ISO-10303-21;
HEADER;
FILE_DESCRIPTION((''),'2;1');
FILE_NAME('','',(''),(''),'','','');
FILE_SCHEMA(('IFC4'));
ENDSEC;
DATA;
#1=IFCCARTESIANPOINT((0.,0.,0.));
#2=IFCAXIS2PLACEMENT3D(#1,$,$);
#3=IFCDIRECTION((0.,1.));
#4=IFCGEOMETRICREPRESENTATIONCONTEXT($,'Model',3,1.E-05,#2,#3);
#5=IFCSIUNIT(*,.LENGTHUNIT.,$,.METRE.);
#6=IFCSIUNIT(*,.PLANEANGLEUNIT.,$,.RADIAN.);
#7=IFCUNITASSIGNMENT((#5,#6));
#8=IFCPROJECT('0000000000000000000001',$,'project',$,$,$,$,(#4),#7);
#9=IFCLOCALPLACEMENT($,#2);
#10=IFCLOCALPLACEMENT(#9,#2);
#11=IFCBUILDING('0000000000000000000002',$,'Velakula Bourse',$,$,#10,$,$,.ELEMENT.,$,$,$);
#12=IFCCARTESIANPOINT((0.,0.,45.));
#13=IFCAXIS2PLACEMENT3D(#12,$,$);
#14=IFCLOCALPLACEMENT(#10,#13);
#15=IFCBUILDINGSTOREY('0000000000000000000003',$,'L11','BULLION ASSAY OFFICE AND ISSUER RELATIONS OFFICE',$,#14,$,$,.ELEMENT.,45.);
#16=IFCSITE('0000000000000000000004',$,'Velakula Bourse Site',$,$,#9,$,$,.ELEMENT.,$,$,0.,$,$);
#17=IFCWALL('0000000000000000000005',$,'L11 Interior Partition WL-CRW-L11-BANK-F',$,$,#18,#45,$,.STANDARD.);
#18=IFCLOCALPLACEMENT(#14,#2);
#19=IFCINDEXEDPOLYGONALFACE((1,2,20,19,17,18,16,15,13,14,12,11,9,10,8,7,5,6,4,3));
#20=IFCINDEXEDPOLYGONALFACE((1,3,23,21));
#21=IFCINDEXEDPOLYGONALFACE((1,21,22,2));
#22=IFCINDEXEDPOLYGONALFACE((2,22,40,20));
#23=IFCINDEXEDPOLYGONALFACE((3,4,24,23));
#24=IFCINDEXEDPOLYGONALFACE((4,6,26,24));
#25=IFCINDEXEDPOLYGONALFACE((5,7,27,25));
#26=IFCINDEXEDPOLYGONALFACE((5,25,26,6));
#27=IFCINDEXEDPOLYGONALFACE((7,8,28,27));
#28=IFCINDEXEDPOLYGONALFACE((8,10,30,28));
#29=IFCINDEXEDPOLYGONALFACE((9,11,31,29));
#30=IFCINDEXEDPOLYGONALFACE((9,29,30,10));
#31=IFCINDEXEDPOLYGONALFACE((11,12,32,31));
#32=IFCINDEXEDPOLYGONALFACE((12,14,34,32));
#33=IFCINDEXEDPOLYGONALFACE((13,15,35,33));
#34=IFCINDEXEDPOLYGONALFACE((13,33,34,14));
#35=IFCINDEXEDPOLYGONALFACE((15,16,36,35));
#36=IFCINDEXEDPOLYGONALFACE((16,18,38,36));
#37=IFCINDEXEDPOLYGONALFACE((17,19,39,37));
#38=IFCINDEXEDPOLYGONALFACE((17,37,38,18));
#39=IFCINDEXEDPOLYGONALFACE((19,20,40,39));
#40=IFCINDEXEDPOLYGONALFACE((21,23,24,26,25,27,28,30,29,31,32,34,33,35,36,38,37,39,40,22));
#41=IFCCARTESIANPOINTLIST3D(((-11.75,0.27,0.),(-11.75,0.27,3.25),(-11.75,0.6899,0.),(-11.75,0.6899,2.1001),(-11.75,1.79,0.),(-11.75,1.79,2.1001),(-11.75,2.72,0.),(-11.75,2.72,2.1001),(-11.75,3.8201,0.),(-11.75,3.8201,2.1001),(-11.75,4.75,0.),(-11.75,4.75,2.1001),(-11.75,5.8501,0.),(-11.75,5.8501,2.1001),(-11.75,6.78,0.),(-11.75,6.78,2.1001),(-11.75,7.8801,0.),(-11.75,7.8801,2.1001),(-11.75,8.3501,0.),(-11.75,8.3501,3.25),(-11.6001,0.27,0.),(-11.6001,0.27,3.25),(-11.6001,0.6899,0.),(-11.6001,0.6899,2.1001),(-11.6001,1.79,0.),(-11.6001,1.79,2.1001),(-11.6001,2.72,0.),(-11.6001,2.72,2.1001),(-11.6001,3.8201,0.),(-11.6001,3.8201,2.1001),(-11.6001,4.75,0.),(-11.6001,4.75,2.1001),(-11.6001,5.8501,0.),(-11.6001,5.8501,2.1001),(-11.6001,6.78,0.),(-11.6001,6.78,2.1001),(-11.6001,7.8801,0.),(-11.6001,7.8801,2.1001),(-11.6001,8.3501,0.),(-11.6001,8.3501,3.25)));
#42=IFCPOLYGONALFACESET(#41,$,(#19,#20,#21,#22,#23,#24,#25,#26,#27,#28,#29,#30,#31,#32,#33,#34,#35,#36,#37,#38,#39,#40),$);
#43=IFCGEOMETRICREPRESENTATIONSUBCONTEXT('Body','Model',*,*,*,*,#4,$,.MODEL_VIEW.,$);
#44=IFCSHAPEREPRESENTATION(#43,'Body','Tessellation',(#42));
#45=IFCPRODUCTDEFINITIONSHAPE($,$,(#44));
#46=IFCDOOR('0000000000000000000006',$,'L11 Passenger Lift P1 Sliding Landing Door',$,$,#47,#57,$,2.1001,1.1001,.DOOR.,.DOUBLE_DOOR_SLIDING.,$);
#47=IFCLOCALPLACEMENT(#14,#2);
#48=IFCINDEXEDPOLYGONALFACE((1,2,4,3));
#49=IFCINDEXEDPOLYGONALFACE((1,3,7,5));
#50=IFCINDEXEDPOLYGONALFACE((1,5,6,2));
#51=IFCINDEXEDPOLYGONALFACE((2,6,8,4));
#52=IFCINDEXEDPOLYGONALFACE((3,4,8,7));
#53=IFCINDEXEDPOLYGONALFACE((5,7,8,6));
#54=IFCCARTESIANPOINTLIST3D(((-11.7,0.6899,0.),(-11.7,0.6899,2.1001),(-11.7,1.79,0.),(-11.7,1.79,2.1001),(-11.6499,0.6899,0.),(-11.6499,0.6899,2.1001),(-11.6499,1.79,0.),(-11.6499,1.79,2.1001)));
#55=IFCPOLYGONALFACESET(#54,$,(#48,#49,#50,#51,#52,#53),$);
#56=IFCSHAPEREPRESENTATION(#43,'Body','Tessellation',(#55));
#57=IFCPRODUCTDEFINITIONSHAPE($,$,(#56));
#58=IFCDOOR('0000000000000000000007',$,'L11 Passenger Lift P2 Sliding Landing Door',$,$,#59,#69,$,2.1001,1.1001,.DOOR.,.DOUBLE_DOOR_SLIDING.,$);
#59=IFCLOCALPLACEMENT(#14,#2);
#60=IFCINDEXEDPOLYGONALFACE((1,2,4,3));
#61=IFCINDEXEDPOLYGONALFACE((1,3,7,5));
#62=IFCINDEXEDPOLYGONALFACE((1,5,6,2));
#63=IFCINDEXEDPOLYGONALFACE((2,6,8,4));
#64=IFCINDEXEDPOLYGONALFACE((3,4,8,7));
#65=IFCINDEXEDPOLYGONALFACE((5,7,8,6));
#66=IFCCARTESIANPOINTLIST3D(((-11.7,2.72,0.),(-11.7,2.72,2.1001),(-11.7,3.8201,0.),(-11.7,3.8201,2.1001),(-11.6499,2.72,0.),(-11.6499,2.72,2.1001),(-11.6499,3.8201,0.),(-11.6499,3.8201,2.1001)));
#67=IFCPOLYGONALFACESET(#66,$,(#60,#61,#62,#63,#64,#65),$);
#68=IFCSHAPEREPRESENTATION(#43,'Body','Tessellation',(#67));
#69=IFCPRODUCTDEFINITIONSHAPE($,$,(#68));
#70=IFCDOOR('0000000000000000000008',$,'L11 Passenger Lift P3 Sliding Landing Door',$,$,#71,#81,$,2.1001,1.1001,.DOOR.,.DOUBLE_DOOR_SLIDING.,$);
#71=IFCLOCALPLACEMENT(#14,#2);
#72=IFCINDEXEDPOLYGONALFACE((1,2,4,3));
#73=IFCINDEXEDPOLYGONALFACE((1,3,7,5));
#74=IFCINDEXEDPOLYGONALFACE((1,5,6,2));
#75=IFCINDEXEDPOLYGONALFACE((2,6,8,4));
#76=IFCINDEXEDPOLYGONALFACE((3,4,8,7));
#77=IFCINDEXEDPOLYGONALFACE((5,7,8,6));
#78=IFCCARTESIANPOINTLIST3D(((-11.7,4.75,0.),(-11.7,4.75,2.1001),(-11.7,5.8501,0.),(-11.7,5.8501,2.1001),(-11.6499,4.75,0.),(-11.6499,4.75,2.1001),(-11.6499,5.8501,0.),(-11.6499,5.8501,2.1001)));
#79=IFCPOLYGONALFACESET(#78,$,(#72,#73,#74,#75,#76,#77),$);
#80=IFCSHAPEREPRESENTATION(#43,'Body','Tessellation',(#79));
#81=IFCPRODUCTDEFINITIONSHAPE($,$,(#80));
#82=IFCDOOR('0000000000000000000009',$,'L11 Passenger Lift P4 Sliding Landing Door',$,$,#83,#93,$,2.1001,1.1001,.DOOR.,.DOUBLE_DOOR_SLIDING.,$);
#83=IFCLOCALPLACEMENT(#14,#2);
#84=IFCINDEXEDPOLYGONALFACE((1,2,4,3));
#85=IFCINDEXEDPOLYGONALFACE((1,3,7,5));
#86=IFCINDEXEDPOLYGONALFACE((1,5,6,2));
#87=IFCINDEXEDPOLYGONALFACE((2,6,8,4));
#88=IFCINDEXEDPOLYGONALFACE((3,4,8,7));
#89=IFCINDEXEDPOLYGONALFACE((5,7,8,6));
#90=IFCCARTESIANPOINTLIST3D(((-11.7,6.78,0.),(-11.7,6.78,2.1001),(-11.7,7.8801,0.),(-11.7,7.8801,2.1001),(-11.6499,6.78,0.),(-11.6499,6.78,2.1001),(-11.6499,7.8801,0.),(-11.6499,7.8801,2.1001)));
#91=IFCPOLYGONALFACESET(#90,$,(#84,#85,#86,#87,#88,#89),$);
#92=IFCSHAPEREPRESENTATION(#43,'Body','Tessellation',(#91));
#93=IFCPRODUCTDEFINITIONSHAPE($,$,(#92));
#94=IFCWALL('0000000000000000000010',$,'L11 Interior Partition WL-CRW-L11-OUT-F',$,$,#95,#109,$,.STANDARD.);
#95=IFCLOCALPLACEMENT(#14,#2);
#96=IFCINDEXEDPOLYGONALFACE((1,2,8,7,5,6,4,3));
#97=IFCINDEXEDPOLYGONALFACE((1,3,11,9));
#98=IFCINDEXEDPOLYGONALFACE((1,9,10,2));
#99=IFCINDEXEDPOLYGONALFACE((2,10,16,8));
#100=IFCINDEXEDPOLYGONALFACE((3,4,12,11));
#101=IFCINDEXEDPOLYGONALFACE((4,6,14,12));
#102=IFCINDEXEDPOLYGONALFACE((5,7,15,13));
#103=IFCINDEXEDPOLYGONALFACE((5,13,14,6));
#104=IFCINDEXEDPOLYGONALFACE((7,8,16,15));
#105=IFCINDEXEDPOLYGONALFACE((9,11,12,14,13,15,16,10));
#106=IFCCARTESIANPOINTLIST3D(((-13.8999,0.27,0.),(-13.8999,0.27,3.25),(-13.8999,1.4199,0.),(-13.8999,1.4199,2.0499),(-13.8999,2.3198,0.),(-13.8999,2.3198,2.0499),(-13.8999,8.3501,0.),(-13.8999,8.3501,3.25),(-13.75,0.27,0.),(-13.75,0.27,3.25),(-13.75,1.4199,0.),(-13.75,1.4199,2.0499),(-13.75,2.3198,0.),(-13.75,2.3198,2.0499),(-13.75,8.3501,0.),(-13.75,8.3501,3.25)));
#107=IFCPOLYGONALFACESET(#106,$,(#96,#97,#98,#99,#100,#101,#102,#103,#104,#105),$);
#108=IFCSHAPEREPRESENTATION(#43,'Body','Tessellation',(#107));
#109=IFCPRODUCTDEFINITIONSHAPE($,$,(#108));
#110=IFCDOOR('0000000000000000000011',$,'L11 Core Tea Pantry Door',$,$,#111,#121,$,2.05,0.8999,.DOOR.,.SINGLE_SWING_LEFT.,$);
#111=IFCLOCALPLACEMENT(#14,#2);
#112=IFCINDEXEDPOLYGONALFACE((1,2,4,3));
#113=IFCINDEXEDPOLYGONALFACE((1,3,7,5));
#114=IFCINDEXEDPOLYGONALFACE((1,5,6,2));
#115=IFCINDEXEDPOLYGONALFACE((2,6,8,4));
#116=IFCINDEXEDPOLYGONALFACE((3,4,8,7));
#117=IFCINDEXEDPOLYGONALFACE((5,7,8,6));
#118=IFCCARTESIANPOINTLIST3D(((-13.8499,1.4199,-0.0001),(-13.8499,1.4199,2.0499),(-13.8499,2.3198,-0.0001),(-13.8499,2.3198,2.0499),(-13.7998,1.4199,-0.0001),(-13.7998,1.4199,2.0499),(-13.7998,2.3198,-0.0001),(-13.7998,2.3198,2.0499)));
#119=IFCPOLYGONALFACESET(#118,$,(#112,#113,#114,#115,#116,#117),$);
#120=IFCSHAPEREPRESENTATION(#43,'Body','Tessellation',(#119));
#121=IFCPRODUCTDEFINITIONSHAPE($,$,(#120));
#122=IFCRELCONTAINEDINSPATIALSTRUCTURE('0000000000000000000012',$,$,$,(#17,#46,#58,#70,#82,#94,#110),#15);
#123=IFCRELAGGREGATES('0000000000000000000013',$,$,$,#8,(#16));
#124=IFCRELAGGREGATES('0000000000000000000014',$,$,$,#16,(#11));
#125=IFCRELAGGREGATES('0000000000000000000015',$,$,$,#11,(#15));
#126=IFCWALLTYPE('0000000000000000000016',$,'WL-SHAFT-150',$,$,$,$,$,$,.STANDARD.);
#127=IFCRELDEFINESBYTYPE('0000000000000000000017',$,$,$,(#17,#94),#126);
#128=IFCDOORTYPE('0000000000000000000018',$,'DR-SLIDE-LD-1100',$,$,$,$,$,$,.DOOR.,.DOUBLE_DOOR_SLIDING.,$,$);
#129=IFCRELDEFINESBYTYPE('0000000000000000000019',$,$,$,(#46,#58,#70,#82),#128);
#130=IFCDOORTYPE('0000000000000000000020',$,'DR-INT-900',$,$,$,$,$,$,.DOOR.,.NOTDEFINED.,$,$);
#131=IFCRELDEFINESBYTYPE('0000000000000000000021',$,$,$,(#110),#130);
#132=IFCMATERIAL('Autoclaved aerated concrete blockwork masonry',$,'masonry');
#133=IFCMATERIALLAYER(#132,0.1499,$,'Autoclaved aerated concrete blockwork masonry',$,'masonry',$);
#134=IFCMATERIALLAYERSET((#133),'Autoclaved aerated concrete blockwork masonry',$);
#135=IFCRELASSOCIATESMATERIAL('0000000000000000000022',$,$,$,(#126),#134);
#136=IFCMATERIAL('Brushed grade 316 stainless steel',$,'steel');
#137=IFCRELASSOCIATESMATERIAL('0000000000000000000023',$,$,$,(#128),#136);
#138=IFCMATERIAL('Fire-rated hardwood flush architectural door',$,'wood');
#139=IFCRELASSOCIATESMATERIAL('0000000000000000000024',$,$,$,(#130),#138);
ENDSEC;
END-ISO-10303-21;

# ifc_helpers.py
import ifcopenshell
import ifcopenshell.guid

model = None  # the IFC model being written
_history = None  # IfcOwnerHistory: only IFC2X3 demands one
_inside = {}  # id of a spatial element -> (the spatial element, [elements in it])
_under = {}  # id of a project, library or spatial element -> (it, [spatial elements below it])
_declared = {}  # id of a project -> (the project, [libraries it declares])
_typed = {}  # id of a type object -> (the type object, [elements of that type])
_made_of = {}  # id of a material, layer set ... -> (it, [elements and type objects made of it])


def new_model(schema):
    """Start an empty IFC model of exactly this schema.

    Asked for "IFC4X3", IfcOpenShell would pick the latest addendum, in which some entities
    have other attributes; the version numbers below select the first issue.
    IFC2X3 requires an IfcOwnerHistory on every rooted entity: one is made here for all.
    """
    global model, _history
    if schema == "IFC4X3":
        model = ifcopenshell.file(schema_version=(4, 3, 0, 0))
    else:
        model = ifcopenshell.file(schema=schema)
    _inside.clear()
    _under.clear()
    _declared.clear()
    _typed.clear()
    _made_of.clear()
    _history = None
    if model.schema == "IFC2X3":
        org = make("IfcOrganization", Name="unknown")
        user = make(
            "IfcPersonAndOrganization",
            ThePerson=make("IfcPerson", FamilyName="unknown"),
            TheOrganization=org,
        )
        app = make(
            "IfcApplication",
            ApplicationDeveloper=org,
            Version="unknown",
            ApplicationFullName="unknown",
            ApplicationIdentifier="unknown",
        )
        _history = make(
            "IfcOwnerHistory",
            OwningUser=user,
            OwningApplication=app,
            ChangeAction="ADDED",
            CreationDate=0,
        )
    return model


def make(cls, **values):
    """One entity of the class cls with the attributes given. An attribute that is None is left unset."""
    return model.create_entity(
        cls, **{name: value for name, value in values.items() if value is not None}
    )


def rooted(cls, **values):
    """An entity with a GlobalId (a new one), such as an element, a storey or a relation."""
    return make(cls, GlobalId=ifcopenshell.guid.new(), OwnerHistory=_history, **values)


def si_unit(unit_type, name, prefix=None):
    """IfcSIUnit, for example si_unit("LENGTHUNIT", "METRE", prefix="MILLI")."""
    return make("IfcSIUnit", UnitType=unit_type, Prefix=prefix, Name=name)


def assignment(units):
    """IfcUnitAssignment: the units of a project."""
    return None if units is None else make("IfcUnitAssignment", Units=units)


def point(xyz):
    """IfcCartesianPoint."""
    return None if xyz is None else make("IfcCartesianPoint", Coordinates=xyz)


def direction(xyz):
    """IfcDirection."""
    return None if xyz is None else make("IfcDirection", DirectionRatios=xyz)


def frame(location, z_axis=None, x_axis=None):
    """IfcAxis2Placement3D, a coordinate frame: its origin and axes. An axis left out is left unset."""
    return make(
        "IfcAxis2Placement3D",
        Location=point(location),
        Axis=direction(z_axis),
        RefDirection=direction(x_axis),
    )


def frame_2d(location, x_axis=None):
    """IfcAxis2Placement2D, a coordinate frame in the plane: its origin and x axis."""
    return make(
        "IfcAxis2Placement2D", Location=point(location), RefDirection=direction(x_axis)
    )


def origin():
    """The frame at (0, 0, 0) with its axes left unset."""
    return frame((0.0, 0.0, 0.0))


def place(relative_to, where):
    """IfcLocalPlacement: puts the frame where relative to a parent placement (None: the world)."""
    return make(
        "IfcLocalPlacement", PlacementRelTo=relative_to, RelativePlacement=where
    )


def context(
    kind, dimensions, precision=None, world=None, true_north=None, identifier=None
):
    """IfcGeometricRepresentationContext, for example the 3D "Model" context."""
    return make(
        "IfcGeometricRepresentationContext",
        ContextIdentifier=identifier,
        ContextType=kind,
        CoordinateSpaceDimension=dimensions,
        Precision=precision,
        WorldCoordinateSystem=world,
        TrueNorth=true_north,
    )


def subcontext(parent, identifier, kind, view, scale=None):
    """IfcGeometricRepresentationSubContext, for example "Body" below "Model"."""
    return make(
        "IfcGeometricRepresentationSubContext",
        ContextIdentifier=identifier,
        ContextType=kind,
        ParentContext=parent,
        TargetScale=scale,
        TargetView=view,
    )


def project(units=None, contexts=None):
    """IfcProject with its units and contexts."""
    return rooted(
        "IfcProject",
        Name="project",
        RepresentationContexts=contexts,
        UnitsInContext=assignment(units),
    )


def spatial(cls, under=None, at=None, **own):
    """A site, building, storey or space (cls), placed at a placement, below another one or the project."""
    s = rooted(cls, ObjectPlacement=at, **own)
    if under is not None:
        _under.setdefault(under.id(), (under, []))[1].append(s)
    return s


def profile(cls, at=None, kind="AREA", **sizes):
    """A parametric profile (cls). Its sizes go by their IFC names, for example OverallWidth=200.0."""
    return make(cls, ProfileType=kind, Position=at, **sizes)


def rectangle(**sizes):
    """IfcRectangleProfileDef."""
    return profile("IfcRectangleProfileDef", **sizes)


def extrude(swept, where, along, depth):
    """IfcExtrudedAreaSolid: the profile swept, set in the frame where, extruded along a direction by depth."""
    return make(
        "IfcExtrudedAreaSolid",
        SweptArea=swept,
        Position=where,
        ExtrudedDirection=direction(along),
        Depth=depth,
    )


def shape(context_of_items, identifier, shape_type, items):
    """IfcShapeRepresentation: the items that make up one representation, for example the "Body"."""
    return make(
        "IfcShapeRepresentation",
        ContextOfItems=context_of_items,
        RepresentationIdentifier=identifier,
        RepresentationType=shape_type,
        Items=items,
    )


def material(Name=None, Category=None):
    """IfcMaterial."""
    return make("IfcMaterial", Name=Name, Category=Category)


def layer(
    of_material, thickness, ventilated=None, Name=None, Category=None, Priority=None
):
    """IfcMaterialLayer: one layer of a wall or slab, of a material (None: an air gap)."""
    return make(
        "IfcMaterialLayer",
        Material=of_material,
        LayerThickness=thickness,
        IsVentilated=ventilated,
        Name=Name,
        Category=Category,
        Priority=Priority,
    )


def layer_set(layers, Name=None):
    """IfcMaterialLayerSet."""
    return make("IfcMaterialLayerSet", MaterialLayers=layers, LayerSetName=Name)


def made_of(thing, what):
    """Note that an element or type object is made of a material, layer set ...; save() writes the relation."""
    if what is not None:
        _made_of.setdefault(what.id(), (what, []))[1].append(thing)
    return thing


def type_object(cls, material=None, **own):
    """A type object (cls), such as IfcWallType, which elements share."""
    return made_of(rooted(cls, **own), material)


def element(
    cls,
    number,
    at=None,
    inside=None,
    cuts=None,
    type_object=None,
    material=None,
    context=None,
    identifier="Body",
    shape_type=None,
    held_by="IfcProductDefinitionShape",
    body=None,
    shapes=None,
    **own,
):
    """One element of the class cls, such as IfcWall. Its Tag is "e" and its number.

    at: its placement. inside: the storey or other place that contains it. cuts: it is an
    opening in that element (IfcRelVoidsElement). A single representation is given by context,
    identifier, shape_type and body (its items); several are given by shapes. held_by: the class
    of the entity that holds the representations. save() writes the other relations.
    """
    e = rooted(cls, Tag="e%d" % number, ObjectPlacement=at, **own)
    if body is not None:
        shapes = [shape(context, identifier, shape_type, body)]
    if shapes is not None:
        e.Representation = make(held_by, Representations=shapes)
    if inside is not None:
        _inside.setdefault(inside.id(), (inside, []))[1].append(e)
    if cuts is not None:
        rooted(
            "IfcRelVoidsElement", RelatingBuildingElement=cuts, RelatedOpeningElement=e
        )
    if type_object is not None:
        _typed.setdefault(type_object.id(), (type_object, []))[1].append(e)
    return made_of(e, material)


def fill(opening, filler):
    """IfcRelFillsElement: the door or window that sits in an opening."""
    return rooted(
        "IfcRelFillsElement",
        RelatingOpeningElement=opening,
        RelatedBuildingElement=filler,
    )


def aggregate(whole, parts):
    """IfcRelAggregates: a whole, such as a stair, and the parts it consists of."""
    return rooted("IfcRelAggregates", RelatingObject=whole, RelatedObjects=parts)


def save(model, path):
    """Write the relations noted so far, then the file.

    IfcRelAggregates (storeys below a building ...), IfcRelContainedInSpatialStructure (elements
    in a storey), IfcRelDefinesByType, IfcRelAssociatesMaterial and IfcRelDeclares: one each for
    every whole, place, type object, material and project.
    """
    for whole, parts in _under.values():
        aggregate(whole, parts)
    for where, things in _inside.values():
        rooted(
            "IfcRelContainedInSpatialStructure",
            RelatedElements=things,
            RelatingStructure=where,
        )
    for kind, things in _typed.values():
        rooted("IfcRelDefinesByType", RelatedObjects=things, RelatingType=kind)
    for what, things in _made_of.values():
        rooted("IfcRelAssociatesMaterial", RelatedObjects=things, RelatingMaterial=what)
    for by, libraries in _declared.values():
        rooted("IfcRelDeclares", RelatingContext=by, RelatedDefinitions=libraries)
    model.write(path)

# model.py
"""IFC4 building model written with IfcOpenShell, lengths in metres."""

from ifc_helpers import new_model, si_unit, direction, frame, frame_2d, origin, place, context, subcontext, project, spatial, rectangle, extrude, material, layer, layer_set, type_object, element, fill, save


model = new_model("IFC4")

# Units and contexts
model_context = context("Model", 3, precision=1e-05, world=origin(), true_north=direction((0.0, 1.0)))
body_context = subcontext(model_context, "Body", "Model", "MODEL_VIEW")
ifc_project = project(units=[si_unit("LENGTHUNIT", "METRE"), si_unit("PLANEANGLEUNIT", "RADIAN")], contexts=[model_context])

# Site, building, storey
site_placement = place(None, origin())
site = spatial("IfcSite", under=ifc_project, at=site_placement, Name="Velakula Bourse Site", CompositionType="ELEMENT", RefElevation=0.0)
building_placement = place(site_placement, origin())
building = spatial("IfcBuilding", under=site, at=building_placement, Name="Velakula Bourse", CompositionType="ELEMENT")
storey_placement = place(building_placement, frame((0.0, 0.0, 45.0)))
storey = spatial("IfcBuildingStorey", under=building, at=storey_placement, Name="L11", Description="BULLION ASSAY OFFICE AND ISSUER RELATIONS OFFICE", CompositionType="ELEMENT", Elevation=45.0)

# Shared definitions
ifc_material_1 = material(Name="Fire-rated hardwood flush architectural door", Category="wood")

# Shared definitions
ifc_material_2 = material(Name="Autoclaved aerated concrete blockwork masonry", Category="masonry")
ifc_layer_1 = layer(ifc_material_2, 0.1499, Name="Autoclaved aerated concrete blockwork masonry", Category="masonry")
ifc_layer_set_1 = layer_set([ifc_layer_1], Name="Autoclaved aerated concrete blockwork masonry")
wall_type_1 = type_object("IfcWallType", Name="WL-SHAFT-150", PredefinedType="STANDARD", material=ifc_layer_set_1)

# Wall, openings, doors
wall_1_placement = place(storey_placement, frame((-11.675, 0.27, 0.0), z_axis=(0.0, 0.0, 1.0), x_axis=(0.0, 1.0, 0.0)))
wall_1 = element("IfcWall", 1, at=wall_1_placement, inside=storey, type_object=wall_type_1, Name="L11 Interior Partition WL-CRW-L11-BANK-F", PredefinedType="STANDARD", context=body_context, shape_type="SweptSolid", body=[
    extrude(rectangle(XDim=8.0801, YDim=0.1499, at=frame_2d((4.04, 0.0))), origin(), (0.0, 0.0, 1.0), 3.25),
])
opening_1_placement = place(wall_1_placement, frame((0.4199, 0.0, 0.0)))
opening_1 = element("IfcOpeningElement", 2, at=opening_1_placement, cuts=wall_1, PredefinedType="OPENING", context=body_context, shape_type="SweptSolid", body=[
    extrude(rectangle(XDim=1.1001, YDim=2.1001, at=frame_2d((0.55, 1.05))), frame((0.0, 0.085, 0.0), z_axis=(0.0, -1.0, 0.0), x_axis=(1.0, 0.0, 0.0)), (0.0, 0.0, 1.0), 0.1699),
])
opening_2_placement = place(wall_1_placement, frame((2.45, 0.0, 0.0)))
opening_2 = element("IfcOpeningElement", 3, at=opening_2_placement, cuts=wall_1, PredefinedType="OPENING", context=body_context, shape_type="SweptSolid", body=[
    extrude(rectangle(XDim=1.1001, YDim=2.1001, at=frame_2d((0.55, 1.05))), frame((0.0, 0.085, 0.0), z_axis=(0.0, -1.0, 0.0), x_axis=(1.0, 0.0, 0.0)), (0.0, 0.0, 1.0), 0.1699),
])
opening_3_placement = place(wall_1_placement, frame((4.48, 0.0, 0.0)))
opening_3 = element("IfcOpeningElement", 4, at=opening_3_placement, cuts=wall_1, PredefinedType="OPENING", context=body_context, shape_type="SweptSolid", body=[
    extrude(rectangle(XDim=1.1001, YDim=2.1001, at=frame_2d((0.55, 1.05))), frame((0.0, 0.085, 0.0), z_axis=(0.0, -1.0, 0.0), x_axis=(1.0, 0.0, 0.0)), (0.0, 0.0, 1.0), 0.1699),
])
opening_4_placement = place(wall_1_placement, frame((6.51, 0.0, 0.0)))
opening_4 = element("IfcOpeningElement", 5, at=opening_4_placement, cuts=wall_1, PredefinedType="OPENING", context=body_context, shape_type="SweptSolid", body=[
    extrude(rectangle(XDim=1.1001, YDim=2.1001, at=frame_2d((0.55, 1.05))), frame((0.0, 0.085, 0.0), z_axis=(0.0, -1.0, 0.0), x_axis=(1.0, 0.0, 0.0)), (0.0, 0.0, 1.0), 0.1699),
])
ifc_material_3 = material(Name="Brushed grade 316 stainless steel", Category="steel")
door_type_1 = type_object("IfcDoorType", Name="DR-SLIDE-LD-1100", OperationType="DOUBLE_DOOR_SLIDING", PredefinedType="DOOR", material=ifc_material_3)
door_1_placement = place(opening_1_placement, origin())
door_1 = element("IfcDoor", 6, at=door_1_placement, inside=storey, type_object=door_type_1, Name="L11 Passenger Lift P1 Sliding Landing Door", OperationType="DOUBLE_DOOR_SLIDING", OverallHeight=2.1001, OverallWidth=1.1001, PredefinedType="DOOR", context=body_context, shape_type="SweptSolid", body=[
    extrude(rectangle(XDim=1.1001, YDim=2.1001, at=frame_2d((0.55, 1.05))), frame((0.0, 0.0249, 0.0), z_axis=(0.0, -1.0, 0.0), x_axis=(1.0, 0.0, 0.0)), (0.0, 0.0, 1.0), 0.05),
])
fill(opening_1, door_1)
door_2_placement = place(opening_2_placement, origin())
door_2 = element("IfcDoor", 7, at=door_2_placement, inside=storey, type_object=door_type_1, Name="L11 Passenger Lift P2 Sliding Landing Door", OperationType="DOUBLE_DOOR_SLIDING", OverallHeight=2.1001, OverallWidth=1.1001, PredefinedType="DOOR", context=body_context, shape_type="SweptSolid", body=[
    extrude(rectangle(XDim=1.1001, YDim=2.1001, at=frame_2d((0.55, 1.05))), frame((0.0, 0.0249, 0.0), z_axis=(0.0, -1.0, 0.0), x_axis=(1.0, 0.0, 0.0)), (0.0, 0.0, 1.0), 0.05),
])
fill(opening_2, door_2)
door_3_placement = place(opening_3_placement, origin())
door_3 = element("IfcDoor", 8, at=door_3_placement, inside=storey, type_object=door_type_1, Name="L11 Passenger Lift P3 Sliding Landing Door", OperationType="DOUBLE_DOOR_SLIDING", OverallHeight=2.1001, OverallWidth=1.1001, PredefinedType="DOOR", context=body_context, shape_type="SweptSolid", body=[
    extrude(rectangle(XDim=1.1001, YDim=2.1001, at=frame_2d((0.55, 1.05))), frame((0.0, 0.0249, 0.0), z_axis=(0.0, -1.0, 0.0), x_axis=(1.0, 0.0, 0.0)), (0.0, 0.0, 1.0), 0.05),
])
fill(opening_3, door_3)
door_4_placement = place(opening_4_placement, origin())
door_4 = element("IfcDoor", 9, at=door_4_placement, inside=storey, type_object=door_type_1, Name="L11 Passenger Lift P4 Sliding Landing Door", OperationType="DOUBLE_DOOR_SLIDING", OverallHeight=2.1001, OverallWidth=1.1001, PredefinedType="DOOR", context=body_context, shape_type="SweptSolid", body=[
    extrude(rectangle(XDim=1.1001, YDim=2.1001, at=frame_2d((0.55, 1.05))), frame((0.0, 0.0249, 0.0), z_axis=(0.0, -1.0, 0.0), x_axis=(1.0, 0.0, 0.0)), (0.0, 0.0, 1.0), 0.05),
])
fill(opening_4, door_4)

# Wall, opening, door
wall_2_placement = place(storey_placement, frame((-13.825, 0.27, 0.0), z_axis=(0.0, 0.0, 1.0), x_axis=(0.0, 1.0, 0.0)))
wall_2 = element("IfcWall", 10, at=wall_2_placement, inside=storey, type_object=wall_type_1, Name="L11 Interior Partition WL-CRW-L11-OUT-F", PredefinedType="STANDARD", context=body_context, shape_type="SweptSolid", body=[
    extrude(rectangle(XDim=8.0801, YDim=0.1499, at=frame_2d((4.04, 0.0))), origin(), (0.0, 0.0, 1.0), 3.25),
])
opening_5_placement = place(wall_2_placement, frame((1.1499, 0.0, 0.0)))
opening_5 = element("IfcOpeningElement", 11, at=opening_5_placement, cuts=wall_2, PredefinedType="OPENING", context=body_context, shape_type="SweptSolid", body=[
    extrude(rectangle(XDim=0.8999, YDim=2.05, at=frame_2d((0.45, 1.0249))), frame((0.0, 0.085, 0.0), z_axis=(0.0, -1.0, 0.0), x_axis=(1.0, 0.0, 0.0)), (0.0, 0.0, 1.0), 0.1699),
])
door_type_2 = type_object("IfcDoorType", Name="DR-INT-900", OperationType="NOTDEFINED", PredefinedType="DOOR", material=ifc_material_1)
door_5_placement = place(opening_5_placement, origin())
door_5 = element("IfcDoor", 12, at=door_5_placement, inside=storey, type_object=door_type_2, Name="L11 Core Tea Pantry Door", OperationType="SINGLE_SWING_LEFT", OverallHeight=2.05, OverallWidth=0.8999, PredefinedType="DOOR", context=body_context, shape_type="SweptSolid", body=[
    extrude(rectangle(XDim=0.8999, YDim=2.05, at=frame_2d((0.45, 1.0249))), frame((0.0, 0.0249, 0.0), z_axis=(0.0, -1.0, 0.0), x_axis=(1.0, 0.0, 0.0)), (0.0, 0.0, 1.0), 0.05),
])
fill(opening_5, door_5)

save(model, "model.ifc")
